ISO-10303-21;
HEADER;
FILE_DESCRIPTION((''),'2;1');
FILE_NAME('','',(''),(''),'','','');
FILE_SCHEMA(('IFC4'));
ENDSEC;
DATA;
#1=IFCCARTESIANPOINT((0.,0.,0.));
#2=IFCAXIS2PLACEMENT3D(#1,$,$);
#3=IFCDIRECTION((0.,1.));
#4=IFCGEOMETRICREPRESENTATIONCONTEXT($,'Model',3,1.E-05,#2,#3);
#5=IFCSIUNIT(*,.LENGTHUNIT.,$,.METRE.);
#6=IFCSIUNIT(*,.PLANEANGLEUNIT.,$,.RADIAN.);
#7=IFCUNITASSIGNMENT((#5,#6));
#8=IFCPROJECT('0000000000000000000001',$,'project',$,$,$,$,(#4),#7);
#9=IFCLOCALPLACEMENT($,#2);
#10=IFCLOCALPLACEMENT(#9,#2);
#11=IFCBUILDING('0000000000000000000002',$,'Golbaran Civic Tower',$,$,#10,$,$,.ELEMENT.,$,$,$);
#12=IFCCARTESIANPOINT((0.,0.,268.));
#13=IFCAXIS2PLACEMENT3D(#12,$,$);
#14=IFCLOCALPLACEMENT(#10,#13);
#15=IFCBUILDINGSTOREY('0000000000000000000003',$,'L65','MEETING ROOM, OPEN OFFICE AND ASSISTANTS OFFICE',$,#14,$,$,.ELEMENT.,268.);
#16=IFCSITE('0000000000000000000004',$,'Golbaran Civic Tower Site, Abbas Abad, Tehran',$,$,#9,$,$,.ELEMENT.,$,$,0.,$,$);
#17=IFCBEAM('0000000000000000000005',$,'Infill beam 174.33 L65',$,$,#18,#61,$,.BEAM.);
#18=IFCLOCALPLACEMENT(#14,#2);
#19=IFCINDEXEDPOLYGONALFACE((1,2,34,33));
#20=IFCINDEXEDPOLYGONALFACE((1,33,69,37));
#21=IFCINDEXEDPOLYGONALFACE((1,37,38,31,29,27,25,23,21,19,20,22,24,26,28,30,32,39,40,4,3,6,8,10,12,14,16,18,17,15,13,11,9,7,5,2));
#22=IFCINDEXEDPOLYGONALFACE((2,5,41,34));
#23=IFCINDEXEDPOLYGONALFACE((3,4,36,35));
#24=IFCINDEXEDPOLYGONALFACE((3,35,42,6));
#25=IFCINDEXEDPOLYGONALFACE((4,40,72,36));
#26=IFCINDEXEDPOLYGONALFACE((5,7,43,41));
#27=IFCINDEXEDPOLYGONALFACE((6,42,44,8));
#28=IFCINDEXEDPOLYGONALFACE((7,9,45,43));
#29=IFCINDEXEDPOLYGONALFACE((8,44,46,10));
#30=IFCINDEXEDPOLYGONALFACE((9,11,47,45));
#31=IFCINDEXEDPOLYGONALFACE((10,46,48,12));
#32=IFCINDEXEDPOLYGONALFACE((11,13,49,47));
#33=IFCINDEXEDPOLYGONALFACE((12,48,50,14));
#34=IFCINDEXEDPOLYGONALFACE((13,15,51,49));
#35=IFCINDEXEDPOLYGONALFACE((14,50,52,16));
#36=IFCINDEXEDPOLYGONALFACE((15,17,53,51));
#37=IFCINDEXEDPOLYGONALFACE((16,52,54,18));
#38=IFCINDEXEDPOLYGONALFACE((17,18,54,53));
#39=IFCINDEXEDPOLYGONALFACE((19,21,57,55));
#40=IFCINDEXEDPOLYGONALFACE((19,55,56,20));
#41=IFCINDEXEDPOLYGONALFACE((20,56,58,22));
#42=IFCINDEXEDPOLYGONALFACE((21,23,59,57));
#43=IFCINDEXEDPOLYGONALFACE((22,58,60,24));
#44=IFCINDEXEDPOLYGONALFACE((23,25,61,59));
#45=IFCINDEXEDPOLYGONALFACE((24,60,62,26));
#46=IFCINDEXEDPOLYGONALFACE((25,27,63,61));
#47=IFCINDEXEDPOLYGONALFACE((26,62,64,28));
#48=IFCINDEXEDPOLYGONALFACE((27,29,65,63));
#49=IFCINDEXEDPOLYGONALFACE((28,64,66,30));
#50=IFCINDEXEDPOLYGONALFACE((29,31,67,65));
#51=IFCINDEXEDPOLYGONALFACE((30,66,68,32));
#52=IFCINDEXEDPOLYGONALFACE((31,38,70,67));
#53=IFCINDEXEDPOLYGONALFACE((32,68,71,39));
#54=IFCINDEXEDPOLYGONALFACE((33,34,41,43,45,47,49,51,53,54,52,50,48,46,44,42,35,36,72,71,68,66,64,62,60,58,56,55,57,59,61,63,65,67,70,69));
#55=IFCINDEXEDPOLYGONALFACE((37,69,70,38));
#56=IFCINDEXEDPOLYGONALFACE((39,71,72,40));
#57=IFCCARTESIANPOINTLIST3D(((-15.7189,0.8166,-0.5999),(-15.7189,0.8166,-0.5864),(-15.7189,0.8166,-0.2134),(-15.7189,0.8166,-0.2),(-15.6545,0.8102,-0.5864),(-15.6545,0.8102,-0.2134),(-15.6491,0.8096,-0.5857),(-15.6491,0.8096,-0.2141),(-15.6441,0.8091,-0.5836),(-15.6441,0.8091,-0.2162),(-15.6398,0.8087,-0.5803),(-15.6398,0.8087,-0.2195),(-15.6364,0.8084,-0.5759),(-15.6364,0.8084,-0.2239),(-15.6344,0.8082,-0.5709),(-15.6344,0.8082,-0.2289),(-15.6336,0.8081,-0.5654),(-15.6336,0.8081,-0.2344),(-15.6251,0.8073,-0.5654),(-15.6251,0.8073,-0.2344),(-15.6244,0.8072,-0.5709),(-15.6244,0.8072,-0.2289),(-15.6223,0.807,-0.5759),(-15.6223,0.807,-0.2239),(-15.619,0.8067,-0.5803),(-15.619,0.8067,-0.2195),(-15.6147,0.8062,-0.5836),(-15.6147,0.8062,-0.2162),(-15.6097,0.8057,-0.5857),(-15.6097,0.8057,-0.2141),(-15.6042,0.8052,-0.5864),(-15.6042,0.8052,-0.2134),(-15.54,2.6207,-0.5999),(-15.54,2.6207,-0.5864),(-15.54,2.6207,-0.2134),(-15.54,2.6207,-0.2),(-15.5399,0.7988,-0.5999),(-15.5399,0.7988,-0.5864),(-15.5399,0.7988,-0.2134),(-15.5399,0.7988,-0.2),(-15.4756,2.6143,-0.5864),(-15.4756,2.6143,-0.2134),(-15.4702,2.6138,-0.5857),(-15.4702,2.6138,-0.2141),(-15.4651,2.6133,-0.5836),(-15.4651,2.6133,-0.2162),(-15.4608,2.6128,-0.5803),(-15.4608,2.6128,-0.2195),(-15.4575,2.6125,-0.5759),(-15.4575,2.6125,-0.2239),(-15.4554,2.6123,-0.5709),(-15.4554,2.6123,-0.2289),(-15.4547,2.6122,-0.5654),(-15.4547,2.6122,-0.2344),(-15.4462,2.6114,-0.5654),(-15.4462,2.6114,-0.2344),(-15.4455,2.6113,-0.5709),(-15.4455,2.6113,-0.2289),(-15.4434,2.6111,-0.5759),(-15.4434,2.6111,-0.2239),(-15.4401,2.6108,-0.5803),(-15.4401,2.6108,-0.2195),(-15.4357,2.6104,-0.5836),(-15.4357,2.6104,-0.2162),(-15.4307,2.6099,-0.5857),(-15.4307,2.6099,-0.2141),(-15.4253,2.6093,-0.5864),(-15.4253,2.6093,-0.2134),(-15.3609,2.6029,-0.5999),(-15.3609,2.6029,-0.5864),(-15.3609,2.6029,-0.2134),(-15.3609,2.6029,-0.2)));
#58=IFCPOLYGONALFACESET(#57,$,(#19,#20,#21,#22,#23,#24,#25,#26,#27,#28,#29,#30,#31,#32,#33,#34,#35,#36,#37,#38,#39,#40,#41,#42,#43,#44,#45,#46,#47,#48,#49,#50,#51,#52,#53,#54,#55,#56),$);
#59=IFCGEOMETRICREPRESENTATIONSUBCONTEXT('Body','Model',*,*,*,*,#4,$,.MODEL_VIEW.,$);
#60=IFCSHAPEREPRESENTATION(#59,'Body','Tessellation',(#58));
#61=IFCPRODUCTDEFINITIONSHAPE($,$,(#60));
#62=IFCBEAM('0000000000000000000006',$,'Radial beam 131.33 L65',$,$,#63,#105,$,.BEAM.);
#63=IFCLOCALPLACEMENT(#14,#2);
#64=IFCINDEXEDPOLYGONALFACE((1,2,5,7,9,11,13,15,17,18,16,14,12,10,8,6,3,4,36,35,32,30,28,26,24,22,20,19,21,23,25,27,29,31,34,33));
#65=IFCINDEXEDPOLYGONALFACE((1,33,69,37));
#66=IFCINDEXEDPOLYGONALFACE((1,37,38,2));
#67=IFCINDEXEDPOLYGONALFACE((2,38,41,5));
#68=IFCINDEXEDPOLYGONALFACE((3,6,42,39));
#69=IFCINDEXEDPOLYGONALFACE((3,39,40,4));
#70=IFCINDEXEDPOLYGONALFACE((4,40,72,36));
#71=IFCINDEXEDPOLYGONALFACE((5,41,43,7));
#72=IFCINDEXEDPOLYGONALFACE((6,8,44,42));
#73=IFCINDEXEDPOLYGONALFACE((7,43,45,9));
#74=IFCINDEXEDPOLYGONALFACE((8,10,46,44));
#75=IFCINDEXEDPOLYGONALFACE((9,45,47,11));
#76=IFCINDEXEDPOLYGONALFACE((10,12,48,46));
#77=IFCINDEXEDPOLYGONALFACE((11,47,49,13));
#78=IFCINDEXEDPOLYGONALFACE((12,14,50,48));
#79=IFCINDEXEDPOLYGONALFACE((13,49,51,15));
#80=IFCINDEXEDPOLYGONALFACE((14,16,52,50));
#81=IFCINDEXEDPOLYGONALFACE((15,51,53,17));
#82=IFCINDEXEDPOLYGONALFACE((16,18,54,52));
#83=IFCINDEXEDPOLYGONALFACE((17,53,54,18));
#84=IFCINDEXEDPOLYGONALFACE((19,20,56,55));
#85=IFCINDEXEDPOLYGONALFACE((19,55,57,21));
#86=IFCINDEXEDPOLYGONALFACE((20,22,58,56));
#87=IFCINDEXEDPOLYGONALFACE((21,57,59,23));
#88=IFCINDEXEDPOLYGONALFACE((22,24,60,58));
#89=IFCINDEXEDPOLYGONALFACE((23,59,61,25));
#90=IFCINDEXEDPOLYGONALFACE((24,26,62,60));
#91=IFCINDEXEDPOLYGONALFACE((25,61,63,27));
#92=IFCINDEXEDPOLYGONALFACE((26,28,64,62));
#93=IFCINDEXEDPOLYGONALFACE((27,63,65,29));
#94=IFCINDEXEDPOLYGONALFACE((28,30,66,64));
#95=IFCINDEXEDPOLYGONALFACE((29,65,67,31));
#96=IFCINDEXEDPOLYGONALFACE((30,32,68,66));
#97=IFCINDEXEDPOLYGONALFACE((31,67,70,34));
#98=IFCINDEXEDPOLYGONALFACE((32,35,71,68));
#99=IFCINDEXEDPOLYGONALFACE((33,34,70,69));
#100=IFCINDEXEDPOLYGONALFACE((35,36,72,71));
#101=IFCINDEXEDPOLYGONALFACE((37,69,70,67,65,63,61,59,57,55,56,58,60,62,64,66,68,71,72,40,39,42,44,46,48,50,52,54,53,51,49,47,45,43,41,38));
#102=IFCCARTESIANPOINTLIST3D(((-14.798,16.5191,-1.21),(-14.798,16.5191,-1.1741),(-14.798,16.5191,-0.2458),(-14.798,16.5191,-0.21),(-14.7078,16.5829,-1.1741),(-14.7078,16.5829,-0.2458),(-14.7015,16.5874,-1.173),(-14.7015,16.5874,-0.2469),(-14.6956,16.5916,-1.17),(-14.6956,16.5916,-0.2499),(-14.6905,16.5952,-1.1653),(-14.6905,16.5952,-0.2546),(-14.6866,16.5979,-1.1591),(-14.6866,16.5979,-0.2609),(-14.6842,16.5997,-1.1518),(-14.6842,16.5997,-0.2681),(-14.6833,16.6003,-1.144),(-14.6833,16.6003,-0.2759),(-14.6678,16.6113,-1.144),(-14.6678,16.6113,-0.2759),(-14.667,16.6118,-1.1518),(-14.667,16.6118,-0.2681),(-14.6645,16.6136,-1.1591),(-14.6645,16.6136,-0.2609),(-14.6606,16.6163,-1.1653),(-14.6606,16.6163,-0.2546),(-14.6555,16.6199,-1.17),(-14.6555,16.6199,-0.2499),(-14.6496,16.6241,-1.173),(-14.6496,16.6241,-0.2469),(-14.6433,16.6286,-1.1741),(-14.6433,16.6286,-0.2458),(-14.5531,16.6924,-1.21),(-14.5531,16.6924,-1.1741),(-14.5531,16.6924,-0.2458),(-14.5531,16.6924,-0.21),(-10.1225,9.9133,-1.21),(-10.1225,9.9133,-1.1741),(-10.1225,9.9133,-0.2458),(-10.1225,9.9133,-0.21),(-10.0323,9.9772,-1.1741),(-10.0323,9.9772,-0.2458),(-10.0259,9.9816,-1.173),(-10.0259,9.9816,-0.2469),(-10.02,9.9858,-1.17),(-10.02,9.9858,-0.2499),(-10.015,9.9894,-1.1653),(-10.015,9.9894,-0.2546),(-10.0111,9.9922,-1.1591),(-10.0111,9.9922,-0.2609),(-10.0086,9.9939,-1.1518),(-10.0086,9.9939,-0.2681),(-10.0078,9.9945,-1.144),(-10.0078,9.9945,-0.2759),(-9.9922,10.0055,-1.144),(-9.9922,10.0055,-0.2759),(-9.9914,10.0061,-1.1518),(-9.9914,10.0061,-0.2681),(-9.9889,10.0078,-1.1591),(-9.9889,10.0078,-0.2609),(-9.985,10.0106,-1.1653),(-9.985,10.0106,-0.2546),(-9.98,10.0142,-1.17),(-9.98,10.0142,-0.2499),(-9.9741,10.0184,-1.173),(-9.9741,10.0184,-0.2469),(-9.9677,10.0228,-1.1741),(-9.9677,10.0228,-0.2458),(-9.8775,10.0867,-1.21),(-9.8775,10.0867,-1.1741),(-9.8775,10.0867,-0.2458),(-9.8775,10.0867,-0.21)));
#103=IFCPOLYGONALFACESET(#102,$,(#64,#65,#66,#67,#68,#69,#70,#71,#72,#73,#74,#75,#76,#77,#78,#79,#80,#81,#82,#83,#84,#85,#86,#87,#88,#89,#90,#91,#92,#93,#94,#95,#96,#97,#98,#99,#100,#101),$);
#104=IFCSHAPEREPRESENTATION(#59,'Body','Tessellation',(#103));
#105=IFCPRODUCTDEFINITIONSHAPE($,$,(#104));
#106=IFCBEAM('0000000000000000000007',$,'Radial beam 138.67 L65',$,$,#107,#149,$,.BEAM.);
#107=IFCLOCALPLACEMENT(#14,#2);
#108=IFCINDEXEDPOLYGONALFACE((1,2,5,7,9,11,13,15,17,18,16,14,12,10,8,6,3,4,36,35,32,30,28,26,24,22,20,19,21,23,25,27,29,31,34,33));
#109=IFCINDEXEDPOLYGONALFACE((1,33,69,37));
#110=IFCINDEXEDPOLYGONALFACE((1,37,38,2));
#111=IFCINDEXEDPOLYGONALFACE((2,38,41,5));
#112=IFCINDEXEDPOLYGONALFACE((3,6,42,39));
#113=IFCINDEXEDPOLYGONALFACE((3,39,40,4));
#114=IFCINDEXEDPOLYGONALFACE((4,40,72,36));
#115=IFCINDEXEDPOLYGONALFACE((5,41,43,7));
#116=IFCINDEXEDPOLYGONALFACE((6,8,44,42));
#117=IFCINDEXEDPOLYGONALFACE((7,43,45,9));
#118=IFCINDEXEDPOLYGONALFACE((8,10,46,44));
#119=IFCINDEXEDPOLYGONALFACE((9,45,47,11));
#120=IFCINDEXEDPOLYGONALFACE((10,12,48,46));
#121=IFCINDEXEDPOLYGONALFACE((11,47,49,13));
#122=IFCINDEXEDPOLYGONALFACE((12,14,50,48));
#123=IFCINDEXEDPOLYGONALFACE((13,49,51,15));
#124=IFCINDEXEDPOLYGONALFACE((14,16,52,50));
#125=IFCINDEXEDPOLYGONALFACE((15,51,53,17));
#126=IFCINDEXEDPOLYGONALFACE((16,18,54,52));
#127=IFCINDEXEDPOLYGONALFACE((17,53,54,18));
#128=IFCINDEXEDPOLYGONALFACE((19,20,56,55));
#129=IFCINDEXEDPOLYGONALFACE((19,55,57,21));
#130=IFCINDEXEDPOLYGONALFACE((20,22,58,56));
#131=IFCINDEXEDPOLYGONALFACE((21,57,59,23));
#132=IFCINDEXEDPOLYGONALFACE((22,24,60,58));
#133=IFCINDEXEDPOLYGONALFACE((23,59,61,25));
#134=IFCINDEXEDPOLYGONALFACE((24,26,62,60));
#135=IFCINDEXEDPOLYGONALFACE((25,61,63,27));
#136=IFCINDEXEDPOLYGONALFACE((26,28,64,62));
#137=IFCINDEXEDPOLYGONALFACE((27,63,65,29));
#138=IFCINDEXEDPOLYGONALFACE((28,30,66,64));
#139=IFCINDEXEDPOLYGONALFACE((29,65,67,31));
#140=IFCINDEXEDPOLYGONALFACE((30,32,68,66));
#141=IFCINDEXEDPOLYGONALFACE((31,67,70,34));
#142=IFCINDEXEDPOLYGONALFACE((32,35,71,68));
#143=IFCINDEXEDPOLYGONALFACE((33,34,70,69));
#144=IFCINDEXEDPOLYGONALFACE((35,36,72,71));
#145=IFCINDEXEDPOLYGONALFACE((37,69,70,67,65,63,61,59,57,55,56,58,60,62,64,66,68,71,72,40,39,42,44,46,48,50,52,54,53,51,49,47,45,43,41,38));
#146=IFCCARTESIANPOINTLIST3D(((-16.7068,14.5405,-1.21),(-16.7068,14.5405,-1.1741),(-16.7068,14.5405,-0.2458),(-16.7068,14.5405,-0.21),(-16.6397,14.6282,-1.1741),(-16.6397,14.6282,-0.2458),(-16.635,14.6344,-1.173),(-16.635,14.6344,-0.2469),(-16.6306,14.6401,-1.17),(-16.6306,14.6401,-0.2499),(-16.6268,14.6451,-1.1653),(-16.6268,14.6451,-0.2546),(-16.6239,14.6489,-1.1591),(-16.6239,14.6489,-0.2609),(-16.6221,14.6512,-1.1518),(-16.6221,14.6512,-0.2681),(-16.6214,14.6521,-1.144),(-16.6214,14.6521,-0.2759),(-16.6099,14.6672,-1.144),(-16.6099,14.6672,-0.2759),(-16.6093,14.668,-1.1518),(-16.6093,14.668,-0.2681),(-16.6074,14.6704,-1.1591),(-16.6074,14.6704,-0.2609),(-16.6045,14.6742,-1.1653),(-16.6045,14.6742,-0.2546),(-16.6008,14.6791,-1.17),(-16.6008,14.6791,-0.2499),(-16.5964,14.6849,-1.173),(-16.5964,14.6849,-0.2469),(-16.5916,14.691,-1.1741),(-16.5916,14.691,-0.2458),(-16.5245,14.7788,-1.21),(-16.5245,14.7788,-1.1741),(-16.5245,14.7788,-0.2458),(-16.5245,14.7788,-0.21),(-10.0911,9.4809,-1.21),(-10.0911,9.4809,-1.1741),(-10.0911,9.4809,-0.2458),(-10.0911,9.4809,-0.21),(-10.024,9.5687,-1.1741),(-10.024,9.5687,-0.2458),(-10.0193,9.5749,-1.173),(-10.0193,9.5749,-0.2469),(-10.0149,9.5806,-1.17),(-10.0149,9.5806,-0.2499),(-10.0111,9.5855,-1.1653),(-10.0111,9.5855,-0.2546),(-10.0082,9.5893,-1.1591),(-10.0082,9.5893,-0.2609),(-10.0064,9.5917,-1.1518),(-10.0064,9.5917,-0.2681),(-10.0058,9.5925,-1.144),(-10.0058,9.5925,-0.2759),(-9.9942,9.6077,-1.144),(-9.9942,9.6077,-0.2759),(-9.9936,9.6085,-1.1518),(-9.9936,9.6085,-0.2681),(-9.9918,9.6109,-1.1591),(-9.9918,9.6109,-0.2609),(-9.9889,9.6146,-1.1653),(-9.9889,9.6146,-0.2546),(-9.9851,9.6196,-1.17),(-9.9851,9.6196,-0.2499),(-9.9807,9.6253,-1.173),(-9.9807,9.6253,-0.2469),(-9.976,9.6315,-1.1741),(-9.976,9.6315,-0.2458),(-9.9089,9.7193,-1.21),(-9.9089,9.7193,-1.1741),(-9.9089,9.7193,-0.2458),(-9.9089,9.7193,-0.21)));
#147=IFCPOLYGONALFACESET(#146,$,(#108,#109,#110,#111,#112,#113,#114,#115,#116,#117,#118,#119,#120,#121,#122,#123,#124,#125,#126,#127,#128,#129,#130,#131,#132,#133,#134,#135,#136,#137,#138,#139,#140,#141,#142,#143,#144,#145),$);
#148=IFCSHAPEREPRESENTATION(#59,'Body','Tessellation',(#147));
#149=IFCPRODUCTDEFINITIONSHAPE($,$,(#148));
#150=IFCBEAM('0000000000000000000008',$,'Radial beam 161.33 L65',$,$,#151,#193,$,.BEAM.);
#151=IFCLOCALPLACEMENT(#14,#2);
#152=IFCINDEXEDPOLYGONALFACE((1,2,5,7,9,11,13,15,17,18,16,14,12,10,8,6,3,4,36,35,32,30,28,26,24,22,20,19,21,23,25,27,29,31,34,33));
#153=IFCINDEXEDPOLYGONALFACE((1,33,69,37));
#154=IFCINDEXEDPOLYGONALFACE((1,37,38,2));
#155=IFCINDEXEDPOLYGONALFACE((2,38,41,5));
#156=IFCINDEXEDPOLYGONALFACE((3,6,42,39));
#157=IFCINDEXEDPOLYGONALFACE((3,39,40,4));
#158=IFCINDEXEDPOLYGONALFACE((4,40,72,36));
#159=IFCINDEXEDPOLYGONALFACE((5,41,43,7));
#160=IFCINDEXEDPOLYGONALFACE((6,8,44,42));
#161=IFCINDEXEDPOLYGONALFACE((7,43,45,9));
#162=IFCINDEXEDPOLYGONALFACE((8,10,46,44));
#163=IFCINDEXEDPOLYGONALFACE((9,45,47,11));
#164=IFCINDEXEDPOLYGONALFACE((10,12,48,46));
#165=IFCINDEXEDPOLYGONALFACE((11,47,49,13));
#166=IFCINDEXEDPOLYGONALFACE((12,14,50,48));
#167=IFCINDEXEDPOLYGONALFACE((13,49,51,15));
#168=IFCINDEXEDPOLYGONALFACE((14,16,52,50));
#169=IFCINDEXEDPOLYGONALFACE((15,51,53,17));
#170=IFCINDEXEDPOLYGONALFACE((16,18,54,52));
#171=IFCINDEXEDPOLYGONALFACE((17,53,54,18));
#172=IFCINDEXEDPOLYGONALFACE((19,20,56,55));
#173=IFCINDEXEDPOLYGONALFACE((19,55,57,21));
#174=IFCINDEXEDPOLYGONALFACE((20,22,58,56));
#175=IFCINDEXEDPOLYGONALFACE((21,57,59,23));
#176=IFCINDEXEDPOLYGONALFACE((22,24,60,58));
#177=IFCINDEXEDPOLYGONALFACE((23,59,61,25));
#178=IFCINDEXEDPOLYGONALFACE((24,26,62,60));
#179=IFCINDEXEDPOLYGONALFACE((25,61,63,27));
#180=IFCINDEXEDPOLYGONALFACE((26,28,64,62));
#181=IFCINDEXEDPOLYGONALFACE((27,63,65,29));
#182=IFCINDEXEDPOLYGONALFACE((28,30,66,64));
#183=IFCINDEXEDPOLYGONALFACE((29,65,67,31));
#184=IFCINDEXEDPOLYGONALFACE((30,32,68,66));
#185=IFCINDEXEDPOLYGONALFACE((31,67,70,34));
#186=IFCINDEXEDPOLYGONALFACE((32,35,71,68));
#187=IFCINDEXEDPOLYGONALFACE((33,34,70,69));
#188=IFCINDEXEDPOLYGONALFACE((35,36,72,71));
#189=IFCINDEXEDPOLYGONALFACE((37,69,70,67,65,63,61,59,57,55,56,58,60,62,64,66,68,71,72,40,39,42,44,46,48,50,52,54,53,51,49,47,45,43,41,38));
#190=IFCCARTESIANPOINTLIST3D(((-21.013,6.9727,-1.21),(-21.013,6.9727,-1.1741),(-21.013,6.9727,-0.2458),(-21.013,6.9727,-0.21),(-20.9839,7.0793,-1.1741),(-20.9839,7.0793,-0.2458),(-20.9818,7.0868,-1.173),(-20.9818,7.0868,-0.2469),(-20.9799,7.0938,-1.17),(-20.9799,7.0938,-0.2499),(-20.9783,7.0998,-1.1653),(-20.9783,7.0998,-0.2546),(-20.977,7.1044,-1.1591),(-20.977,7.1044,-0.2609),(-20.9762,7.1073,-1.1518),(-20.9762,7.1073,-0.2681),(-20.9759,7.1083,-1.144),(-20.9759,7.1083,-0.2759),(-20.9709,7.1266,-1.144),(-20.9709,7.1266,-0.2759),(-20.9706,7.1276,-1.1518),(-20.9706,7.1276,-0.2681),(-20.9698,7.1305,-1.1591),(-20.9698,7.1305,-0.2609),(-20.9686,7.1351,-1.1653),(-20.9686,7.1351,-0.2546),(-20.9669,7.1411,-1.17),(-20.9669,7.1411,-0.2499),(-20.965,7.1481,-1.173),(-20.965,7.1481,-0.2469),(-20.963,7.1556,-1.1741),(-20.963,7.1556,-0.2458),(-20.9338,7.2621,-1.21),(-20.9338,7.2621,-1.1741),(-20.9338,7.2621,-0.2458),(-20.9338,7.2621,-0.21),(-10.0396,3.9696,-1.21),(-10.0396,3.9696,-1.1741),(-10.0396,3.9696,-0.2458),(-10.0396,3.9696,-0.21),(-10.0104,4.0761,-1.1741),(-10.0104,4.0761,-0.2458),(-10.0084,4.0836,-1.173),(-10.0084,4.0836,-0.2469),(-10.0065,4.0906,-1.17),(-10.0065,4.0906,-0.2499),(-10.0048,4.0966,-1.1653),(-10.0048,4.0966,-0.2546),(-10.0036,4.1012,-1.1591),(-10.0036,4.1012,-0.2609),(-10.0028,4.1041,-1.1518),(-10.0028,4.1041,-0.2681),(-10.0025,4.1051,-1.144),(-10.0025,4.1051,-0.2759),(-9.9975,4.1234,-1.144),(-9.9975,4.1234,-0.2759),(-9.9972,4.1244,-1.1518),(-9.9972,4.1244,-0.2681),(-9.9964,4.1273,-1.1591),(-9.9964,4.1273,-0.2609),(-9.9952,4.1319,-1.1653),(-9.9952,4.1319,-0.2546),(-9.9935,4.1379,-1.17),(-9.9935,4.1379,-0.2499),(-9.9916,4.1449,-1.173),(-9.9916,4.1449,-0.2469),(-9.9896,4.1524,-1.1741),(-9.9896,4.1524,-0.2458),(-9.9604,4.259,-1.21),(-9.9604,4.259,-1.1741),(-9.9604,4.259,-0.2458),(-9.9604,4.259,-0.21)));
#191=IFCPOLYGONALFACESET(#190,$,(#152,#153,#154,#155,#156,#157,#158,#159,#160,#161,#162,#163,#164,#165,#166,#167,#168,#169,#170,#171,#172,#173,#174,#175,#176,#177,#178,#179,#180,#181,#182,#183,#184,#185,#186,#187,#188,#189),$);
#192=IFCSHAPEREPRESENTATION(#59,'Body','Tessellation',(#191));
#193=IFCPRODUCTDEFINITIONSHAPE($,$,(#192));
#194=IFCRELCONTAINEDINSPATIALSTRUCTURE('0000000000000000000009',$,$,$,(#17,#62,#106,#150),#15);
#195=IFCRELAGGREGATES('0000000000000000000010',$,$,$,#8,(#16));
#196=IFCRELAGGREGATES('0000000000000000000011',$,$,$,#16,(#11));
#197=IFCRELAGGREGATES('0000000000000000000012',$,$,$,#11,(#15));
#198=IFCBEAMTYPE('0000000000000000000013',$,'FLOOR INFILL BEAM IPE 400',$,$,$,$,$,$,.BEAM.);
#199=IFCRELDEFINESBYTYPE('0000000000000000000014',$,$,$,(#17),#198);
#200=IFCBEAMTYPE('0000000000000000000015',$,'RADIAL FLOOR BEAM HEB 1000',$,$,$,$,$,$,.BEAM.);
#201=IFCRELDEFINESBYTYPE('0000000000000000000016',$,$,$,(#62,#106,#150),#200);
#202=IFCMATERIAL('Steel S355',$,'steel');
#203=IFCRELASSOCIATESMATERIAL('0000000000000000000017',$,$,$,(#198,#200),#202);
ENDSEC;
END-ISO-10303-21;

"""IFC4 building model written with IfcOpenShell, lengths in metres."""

from ifc_helpers import new_model, si_unit, direction, frame, origin, origin_2d, place, context, subcontext, project, spatial, i_section, extrude, material, material_profile, profile_set, type_object, element, save


model = new_model("IFC4")

# Units and contexts
model_context = context("Model", 3, precision=1e-05, world=origin(), true_north=direction((0.0, 1.0)))
body_context = subcontext(model_context, "Body", "Model", "MODEL_VIEW")
ifc_project = project(units=[si_unit("LENGTHUNIT", "METRE"), si_unit("PLANEANGLEUNIT", "RADIAN")], contexts=[model_context])

# Site, building, storey
site_placement = place(None, origin())
site = spatial("IfcSite", under=ifc_project, at=site_placement, Name="Golbaran Civic Tower Site, Abbas Abad, Tehran", CompositionType="ELEMENT", RefElevation=0.0)
building_placement = place(site_placement, origin())
building = spatial("IfcBuilding", under=site, at=building_placement, Name="Golbaran Civic Tower", CompositionType="ELEMENT")
storey_placement = place(building_placement, frame((0.0, 0.0, 268.0)))
storey = spatial("IfcBuildingStorey", under=building, at=storey_placement, Name="L65", Description="MEETING ROOM, OPEN OFFICE AND ASSISTANTS OFFICE", CompositionType="ELEMENT", Elevation=268.0)

# Beams
ifc_material_1 = material(Name="Steel S355", Category="steel")
ifc_material_profile_1 = material_profile(ifc_material_1, i_section(OverallWidth=0.1799, OverallDepth=0.3999, WebThickness=0.0085, FlangeThickness=0.0134, FilletRadius=0.021, at=origin_2d()), Name="IPE 400")
ifc_profile_set_1 = profile_set([ifc_material_profile_1], Name="Steel S355")
beam_type_1 = type_object("IfcBeamType", Name="FLOOR INFILL BEAM IPE 400", PredefinedType="BEAM", material=ifc_profile_set_1)
beam_1_placement = place(storey_placement, frame((-15.4504, 2.6118, -0.3999), z_axis=(-0.098704, -0.995117, 0.0), x_axis=(0.995117, -0.098704, 0.0)))
element("IfcBeam", 1, at=beam_1_placement, inside=storey, type_object=beam_type_1, Name="Infill beam 174.33 L65", PredefinedType="BEAM", context=body_context, shape_type="SweptSolid", body=[
    extrude(i_section(OverallWidth=0.1799, OverallDepth=0.3999, WebThickness=0.0085, FlangeThickness=0.0134, FilletRadius=0.021, at=origin_2d()), origin(), (0.0, 0.0, 1.0), 1.813),
])
ifc_material_profile_2 = material_profile(ifc_material_1, i_section(OverallWidth=0.3, OverallDepth=1.0, WebThickness=0.019, FlangeThickness=0.0359, FilletRadius=0.03, at=origin_2d()), Name="HEB 1000")
ifc_profile_set_2 = profile_set([ifc_material_profile_2], Name="Steel S355")
beam_type_2 = type_object("IfcBeamType", Name="RADIAL FLOOR BEAM HEB 1000", PredefinedType="BEAM", material=ifc_profile_set_2)
beam_2_placement = place(storey_placement, frame((-10.0, 10.0, -0.71), z_axis=(-0.577729, 0.816229, 0.0), x_axis=(-0.816229, -0.577729, 0.0)))
element("IfcBeam", 2, at=beam_2_placement, inside=storey, type_object=beam_type_2, Name="Radial beam 131.33 L65", PredefinedType="BEAM", context=body_context, shape_type="SweptSolid", body=[
    extrude(i_section(OverallWidth=0.3, OverallDepth=1.0, WebThickness=0.019, FlangeThickness=0.0359, FilletRadius=0.03, at=origin_2d()), origin(), (0.0, 0.0, 1.0), 8.093),
])
beam_3_placement = place(storey_placement, frame((-10.0, 9.6001, -0.71), z_axis=(-0.79433, 0.607487, 0.0), x_axis=(-0.607487, -0.79433, 0.0)))
element("IfcBeam", 3, at=beam_3_placement, inside=storey, type_object=beam_type_2, Name="Radial beam 138.67 L65", PredefinedType="BEAM", context=body_context, shape_type="SweptSolid", body=[
    extrude(i_section(OverallWidth=0.3, OverallDepth=1.0, WebThickness=0.019, FlangeThickness=0.0359, FilletRadius=0.03, at=origin_2d()), origin(), (0.0, 0.0, 1.0), 8.3286),
])
beam_4_placement = place(storey_placement, frame((-10.0, 4.1143, -0.71), z_axis=(-0.964531, 0.263971, 0.0), x_axis=(-0.263971, -0.964531, 0.0)))
element("IfcBeam", 4, at=beam_4_placement, inside=storey, type_object=beam_type_2, Name="Radial beam 161.33 L65", PredefinedType="BEAM", context=body_context, shape_type="SweptSolid", body=[
    extrude(i_section(OverallWidth=0.3, OverallDepth=1.0, WebThickness=0.019, FlangeThickness=0.0359, FilletRadius=0.03, at=origin_2d()), origin(), (0.0, 0.0, 1.0), 11.377),
])

save(model, "model.ifc")
